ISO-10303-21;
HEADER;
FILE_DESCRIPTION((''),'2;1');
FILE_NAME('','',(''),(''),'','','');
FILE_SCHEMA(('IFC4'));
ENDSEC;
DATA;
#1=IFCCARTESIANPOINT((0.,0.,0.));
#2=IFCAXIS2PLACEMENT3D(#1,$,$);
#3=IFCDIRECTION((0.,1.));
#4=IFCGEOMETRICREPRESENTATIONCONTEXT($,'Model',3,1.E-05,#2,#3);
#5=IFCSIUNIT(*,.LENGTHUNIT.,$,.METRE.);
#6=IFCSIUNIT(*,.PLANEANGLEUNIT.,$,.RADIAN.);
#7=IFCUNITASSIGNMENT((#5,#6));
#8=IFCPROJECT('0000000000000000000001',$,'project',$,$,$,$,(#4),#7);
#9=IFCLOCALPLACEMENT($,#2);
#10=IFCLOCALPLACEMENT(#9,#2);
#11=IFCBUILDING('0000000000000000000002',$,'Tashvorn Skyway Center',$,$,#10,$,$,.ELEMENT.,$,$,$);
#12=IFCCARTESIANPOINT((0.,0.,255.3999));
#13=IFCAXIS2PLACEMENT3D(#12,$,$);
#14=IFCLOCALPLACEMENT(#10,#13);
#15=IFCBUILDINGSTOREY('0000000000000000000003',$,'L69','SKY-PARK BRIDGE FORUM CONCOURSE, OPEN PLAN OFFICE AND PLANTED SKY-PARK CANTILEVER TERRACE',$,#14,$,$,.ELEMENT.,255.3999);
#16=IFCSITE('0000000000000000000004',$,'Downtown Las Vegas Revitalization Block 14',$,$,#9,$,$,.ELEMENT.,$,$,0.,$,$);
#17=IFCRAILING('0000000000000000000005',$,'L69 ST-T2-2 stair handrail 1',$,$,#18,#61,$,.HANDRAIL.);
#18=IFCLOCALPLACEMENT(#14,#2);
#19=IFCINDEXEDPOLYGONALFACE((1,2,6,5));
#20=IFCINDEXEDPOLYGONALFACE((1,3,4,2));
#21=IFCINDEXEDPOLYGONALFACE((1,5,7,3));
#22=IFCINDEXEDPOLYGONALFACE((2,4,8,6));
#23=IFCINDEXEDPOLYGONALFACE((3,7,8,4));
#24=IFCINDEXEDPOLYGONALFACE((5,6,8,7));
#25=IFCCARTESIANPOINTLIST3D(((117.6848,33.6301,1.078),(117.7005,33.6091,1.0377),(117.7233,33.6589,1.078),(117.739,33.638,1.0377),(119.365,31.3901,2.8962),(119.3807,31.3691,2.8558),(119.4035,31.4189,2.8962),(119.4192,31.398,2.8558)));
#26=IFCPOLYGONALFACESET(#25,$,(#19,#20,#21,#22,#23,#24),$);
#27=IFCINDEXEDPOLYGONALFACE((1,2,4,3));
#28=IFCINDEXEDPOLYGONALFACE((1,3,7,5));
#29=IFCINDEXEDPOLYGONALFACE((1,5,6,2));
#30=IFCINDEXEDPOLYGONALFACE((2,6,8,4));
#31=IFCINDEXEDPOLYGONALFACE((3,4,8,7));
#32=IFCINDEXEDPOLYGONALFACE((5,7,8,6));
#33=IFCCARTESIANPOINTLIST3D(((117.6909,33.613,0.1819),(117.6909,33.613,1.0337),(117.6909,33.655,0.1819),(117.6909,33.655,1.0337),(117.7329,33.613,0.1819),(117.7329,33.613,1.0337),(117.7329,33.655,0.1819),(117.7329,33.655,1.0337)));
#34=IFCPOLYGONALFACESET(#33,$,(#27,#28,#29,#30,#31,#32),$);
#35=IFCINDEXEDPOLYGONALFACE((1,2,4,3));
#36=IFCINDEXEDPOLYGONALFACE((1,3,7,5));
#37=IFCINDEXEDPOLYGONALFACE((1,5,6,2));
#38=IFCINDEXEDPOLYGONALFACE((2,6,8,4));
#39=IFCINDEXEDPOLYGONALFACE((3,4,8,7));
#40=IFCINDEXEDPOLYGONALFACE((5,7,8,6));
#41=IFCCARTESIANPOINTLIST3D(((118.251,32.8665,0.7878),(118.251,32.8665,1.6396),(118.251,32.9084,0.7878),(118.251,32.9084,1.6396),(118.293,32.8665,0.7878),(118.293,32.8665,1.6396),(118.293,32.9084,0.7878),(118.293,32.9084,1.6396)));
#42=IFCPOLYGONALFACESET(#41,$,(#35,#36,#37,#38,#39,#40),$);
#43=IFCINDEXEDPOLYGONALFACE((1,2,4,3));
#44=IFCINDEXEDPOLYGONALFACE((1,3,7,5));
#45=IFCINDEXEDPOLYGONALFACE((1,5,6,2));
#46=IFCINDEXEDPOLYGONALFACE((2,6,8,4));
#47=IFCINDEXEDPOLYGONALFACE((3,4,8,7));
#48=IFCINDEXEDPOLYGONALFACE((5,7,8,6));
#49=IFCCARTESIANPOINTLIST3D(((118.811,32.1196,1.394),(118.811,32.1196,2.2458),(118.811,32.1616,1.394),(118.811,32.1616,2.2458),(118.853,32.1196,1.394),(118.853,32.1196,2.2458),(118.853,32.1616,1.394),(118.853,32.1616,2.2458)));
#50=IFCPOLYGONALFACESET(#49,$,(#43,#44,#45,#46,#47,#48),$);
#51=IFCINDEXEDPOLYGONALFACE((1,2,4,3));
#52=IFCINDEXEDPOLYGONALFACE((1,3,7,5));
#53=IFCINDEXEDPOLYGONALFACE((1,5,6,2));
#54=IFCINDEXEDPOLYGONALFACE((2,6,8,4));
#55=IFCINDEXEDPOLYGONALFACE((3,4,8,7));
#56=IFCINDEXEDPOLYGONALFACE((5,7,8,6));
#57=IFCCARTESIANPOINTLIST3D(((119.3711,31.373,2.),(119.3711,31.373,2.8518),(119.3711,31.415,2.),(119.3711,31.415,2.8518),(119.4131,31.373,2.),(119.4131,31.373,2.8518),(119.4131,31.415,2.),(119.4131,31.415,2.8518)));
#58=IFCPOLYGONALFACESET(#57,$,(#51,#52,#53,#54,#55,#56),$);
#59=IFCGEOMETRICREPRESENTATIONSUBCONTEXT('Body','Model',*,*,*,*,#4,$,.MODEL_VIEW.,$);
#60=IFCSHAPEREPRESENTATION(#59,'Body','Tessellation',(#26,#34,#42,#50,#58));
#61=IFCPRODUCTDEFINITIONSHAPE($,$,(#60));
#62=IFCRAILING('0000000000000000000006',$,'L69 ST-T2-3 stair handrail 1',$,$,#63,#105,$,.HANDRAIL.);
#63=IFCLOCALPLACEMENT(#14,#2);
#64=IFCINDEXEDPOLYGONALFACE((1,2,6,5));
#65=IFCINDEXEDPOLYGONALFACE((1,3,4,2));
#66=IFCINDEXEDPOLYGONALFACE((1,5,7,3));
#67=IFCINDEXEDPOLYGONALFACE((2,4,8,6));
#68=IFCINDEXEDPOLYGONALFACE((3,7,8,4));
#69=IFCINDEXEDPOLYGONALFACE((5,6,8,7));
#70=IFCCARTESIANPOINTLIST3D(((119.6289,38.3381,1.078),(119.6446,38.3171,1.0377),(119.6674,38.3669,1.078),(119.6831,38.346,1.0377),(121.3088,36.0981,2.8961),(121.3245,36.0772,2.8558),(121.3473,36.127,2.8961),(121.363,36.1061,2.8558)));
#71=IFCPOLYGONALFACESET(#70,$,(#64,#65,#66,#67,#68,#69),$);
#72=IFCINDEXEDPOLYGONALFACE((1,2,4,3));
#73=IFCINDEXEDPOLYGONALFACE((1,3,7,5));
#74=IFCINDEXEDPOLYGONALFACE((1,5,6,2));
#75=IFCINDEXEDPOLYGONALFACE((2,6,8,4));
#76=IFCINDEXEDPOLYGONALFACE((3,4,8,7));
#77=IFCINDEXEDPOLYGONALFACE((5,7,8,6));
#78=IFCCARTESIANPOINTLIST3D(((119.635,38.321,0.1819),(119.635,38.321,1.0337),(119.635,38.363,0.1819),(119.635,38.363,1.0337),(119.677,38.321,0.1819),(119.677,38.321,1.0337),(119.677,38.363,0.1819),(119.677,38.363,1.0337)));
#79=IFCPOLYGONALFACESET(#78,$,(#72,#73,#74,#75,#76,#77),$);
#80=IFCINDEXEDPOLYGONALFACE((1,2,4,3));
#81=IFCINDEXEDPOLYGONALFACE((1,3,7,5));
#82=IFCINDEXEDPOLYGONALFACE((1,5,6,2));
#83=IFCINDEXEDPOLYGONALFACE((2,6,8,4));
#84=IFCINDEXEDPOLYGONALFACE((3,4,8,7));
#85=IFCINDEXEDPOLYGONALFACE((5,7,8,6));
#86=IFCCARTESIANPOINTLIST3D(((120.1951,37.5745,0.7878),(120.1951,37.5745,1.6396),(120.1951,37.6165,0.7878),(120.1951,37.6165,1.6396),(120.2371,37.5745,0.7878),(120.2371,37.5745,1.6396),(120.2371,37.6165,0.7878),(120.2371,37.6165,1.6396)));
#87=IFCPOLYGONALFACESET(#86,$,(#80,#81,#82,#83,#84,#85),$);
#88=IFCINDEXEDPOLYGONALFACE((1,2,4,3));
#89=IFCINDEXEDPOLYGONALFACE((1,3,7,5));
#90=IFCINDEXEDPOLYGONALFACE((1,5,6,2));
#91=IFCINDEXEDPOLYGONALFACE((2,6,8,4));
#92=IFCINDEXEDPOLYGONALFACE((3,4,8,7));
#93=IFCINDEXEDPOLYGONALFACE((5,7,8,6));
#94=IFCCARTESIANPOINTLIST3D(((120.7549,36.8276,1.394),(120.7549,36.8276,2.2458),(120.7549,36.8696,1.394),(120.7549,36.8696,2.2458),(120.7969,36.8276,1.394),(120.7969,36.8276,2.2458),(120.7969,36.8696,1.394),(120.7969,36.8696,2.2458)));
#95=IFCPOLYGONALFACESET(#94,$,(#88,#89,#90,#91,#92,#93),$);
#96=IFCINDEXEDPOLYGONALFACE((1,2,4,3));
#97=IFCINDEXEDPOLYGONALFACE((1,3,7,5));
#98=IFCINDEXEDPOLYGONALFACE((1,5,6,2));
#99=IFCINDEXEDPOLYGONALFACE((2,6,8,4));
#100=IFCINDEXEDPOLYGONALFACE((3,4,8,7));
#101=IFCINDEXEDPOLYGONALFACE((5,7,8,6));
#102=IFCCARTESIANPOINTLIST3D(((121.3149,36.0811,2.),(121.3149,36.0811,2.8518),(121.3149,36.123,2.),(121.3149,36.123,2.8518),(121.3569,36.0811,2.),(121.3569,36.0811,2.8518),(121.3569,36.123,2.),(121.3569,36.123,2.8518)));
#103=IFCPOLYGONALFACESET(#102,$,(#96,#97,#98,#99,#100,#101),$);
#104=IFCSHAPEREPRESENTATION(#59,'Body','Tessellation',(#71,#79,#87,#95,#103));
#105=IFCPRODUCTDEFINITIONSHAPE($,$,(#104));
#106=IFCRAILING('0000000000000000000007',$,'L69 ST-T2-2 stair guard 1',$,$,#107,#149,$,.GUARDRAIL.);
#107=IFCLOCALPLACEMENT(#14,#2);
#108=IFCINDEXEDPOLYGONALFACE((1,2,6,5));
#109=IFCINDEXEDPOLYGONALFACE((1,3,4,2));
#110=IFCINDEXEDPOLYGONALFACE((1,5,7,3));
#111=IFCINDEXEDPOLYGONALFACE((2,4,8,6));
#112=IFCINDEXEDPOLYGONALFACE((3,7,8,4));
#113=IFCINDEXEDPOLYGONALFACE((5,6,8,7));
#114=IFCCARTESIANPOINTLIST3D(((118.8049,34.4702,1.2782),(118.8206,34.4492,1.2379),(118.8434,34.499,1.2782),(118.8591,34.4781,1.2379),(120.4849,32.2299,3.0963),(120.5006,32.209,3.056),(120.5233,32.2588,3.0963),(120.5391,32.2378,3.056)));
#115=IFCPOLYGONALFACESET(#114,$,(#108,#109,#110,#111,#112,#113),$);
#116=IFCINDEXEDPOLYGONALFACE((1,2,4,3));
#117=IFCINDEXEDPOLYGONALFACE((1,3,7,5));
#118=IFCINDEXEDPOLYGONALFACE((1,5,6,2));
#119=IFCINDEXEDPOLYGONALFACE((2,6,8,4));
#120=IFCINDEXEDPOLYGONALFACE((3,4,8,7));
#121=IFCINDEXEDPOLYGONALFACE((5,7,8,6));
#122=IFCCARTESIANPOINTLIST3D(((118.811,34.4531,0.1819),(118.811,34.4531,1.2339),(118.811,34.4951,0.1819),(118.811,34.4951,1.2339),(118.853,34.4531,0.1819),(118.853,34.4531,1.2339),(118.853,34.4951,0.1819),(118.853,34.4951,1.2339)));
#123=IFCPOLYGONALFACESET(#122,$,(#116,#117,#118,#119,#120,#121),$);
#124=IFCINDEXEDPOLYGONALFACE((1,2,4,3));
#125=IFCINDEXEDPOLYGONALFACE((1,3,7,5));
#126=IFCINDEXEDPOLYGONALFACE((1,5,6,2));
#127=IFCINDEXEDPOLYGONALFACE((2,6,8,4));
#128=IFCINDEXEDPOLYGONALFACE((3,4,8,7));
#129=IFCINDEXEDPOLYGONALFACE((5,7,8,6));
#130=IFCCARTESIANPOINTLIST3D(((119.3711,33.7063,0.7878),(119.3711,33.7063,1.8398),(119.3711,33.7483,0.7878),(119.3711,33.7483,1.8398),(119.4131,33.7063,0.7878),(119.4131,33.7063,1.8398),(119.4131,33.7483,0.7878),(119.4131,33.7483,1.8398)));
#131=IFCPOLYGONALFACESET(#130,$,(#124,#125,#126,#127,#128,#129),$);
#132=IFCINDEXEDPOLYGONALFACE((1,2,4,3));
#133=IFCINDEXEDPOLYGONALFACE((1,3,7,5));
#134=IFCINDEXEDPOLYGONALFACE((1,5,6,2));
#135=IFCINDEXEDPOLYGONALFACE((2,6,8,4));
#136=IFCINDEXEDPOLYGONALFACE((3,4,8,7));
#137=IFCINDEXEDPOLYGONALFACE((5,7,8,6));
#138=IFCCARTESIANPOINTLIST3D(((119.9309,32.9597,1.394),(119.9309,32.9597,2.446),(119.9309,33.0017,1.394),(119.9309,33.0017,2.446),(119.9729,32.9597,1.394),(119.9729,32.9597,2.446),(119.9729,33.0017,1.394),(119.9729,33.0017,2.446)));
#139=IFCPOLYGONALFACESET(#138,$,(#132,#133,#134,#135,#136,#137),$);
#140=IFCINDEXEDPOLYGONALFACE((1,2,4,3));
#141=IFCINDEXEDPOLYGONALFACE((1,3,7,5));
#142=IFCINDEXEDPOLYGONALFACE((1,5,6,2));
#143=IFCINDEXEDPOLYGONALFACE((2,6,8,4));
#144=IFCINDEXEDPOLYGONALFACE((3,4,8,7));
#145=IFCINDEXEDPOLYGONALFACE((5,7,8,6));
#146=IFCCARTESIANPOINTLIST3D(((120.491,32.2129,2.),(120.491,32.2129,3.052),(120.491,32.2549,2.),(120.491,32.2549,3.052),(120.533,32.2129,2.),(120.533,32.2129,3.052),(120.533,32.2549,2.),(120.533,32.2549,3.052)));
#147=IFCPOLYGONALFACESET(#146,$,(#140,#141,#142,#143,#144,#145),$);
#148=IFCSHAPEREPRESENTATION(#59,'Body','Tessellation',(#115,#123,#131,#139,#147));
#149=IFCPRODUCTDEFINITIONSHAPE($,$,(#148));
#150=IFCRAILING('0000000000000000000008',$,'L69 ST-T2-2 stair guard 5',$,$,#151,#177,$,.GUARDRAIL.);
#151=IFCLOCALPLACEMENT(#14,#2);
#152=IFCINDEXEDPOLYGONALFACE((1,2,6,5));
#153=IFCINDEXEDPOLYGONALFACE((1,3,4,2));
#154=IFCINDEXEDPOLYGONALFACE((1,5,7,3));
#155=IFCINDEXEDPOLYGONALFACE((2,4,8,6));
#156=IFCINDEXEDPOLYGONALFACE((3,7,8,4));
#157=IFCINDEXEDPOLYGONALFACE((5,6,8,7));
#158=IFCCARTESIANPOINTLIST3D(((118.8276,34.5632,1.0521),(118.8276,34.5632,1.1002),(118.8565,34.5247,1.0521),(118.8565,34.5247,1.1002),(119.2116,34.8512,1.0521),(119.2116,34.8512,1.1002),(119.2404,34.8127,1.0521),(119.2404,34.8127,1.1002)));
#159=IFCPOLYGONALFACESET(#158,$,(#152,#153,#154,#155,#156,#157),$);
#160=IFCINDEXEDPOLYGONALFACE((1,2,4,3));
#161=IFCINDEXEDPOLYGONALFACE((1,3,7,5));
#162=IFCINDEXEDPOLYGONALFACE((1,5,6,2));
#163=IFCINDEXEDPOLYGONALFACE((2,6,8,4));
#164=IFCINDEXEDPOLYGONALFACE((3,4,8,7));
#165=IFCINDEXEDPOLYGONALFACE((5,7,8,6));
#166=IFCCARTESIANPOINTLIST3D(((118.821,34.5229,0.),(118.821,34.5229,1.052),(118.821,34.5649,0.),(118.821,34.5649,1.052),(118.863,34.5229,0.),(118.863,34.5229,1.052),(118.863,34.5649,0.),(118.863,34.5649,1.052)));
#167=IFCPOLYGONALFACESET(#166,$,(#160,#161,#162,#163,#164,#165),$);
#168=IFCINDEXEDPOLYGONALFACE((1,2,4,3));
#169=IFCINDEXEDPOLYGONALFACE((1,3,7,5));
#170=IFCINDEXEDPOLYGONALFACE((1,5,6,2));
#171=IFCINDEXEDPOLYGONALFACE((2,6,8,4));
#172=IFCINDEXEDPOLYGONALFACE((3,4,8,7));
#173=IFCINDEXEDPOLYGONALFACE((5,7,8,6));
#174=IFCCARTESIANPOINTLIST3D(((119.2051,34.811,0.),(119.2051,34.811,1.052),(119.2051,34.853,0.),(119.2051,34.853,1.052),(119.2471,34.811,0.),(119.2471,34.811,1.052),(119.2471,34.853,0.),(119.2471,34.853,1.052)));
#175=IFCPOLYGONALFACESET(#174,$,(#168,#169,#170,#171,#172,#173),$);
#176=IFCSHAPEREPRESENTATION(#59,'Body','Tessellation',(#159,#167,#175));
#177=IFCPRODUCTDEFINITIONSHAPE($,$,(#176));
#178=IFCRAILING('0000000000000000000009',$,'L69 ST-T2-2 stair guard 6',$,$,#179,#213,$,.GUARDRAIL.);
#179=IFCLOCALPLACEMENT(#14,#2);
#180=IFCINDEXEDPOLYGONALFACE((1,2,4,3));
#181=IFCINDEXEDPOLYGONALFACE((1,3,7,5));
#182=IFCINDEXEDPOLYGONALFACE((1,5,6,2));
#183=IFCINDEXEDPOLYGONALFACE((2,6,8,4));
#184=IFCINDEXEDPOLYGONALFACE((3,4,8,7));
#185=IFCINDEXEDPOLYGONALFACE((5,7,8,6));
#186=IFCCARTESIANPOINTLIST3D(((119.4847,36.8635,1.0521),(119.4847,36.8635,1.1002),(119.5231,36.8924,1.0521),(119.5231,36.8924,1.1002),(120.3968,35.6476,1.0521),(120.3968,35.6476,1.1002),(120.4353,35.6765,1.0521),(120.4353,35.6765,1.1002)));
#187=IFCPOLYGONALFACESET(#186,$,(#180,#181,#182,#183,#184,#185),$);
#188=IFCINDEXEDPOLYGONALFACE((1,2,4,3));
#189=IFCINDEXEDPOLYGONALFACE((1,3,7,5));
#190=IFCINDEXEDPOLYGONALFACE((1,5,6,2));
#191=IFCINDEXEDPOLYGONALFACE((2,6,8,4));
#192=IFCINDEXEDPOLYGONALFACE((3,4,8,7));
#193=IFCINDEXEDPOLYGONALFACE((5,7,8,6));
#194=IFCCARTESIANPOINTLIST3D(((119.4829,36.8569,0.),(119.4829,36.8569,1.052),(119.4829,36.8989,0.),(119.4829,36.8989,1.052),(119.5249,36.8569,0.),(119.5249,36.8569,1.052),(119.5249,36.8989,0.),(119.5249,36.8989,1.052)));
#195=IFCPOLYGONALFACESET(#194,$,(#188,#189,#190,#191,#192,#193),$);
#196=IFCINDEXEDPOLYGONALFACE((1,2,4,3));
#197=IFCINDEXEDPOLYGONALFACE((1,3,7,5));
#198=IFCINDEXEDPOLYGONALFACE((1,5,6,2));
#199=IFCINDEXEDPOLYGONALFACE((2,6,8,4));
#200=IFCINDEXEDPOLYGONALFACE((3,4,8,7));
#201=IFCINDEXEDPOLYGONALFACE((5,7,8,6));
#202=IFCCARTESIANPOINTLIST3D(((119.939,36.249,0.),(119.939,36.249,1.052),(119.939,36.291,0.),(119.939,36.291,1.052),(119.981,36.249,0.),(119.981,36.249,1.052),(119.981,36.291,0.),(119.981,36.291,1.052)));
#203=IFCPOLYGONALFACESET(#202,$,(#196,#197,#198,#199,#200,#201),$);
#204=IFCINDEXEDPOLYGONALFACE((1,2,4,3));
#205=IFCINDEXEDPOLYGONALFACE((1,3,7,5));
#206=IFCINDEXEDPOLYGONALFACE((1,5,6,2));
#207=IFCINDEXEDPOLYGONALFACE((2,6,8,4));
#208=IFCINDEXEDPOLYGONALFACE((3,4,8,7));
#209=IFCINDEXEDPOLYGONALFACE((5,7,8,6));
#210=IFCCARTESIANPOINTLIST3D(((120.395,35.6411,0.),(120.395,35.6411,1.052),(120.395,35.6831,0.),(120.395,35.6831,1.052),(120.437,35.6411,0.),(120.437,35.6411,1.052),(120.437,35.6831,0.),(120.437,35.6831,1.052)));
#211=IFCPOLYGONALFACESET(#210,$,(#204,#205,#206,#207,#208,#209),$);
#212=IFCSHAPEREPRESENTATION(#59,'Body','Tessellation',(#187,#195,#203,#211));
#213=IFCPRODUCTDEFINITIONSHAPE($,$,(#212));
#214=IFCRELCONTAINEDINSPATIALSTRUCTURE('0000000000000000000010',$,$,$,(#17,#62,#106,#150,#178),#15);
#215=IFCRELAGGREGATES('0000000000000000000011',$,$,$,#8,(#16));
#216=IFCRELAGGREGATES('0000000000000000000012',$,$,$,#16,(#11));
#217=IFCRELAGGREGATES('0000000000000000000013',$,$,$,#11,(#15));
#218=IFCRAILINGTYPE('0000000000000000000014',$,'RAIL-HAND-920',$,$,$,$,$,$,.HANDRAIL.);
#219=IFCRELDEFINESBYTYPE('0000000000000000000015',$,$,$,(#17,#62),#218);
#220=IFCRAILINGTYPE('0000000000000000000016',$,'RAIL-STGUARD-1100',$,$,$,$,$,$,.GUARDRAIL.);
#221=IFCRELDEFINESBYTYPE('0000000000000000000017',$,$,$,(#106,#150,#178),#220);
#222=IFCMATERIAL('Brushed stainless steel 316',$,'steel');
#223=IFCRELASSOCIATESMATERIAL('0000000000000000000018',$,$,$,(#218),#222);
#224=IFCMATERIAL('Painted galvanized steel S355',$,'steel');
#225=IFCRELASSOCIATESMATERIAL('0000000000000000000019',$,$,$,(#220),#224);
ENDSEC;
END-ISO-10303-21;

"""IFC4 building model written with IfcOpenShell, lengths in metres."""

from ifc_helpers import new_model, si_unit, direction, frame, origin, origin_2d, place, context, subcontext, project, spatial, rectangle, extrude, material, type_object, element, save


model = new_model("IFC4")

# Units and contexts
model_context = context("Model", 3, precision=1e-05, world=origin(), true_north=direction((0.0, 1.0)))
body_context = subcontext(model_context, "Body", "Model", "MODEL_VIEW")
ifc_project = project(units=[si_unit("LENGTHUNIT", "METRE"), si_unit("PLANEANGLEUNIT", "RADIAN")], contexts=[model_context])

# Site, building, storey
site_placement = place(None, origin())
site = spatial("IfcSite", under=ifc_project, at=site_placement, Name="Downtown Las Vegas Revitalization Block 14", CompositionType="ELEMENT", RefElevation=0.0)
building_placement = place(site_placement, origin())
building = spatial("IfcBuilding", under=site, at=building_placement, Name="Tashvorn Skyway Center", CompositionType="ELEMENT")
storey_placement = place(building_placement, frame((0.0, 0.0, 255.3999)))
storey = spatial("IfcBuildingStorey", under=building, at=storey_placement, Name="L69", Description="SKY-PARK BRIDGE FORUM CONCOURSE, OPEN PLAN OFFICE AND PLANTED SKY-PARK CANTILEVER TERRACE", CompositionType="ELEMENT", Elevation=255.3999)

# Railings
ifc_material_1 = material(Name="Brushed stainless steel 316", Category="steel")
railing_type_1 = type_object("IfcRailingType", Name="RAIL-HAND-920", PredefinedType="HANDRAIL", material=ifc_material_1)
railing_1_placement = place(storey_placement, frame((117.7119, 33.634, 0.1819)))
element("IfcRailing", 1, at=railing_1_placement, inside=storey, type_object=railing_type_1, Name="L69 ST-T2-2 stair handrail 1", PredefinedType="HANDRAIL", context=body_context, shape_type="SweptSolid", body=[
    extrude(rectangle(XDim=0.0481, YDim=0.0481, at=origin_2d()), frame((0.0, 0.0, 0.876), z_axis=(0.503261, -0.670942, 0.544578), x_axis=(0.799969, 0.600042, 0.0)), (0.0, 0.0, 1.0), 3.3386),
    extrude(rectangle(XDim=0.042, YDim=0.042, at=origin_2d()), origin(), (0.0, 0.0, 1.0), 0.8518),
    extrude(rectangle(XDim=0.042, YDim=0.042, at=origin_2d()), frame((0.5601, -0.7466, 0.606)), (0.0, 0.0, 1.0), 0.8518),
    extrude(rectangle(XDim=0.042, YDim=0.042, at=origin_2d()), frame((1.1201, -1.4934, 1.2122)), (0.0, 0.0, 1.0), 0.8518),
    extrude(rectangle(XDim=0.042, YDim=0.042, at=origin_2d()), frame((1.6802, -2.24, 1.8181)), (0.0, 0.0, 1.0), 0.8518),
])
railing_2_placement = place(storey_placement, frame((119.656, 38.342, 0.1819)))
element("IfcRailing", 2, at=railing_2_placement, inside=storey, type_object=railing_type_1, Name="L69 ST-T2-3 stair handrail 1", PredefinedType="HANDRAIL", context=body_context, shape_type="SweptSolid", body=[
    extrude(rectangle(XDim=0.0481, YDim=0.0481, at=origin_2d()), frame((0.0, 0.0, 0.876), z_axis=(0.503207, -0.670966, 0.544598), x_axis=(0.80001, 0.599986, 0.0)), (0.0, 0.0, 1.0), 3.3384),
    extrude(rectangle(XDim=0.042, YDim=0.042, at=origin_2d()), origin(), (0.0, 0.0, 1.0), 0.8518),
    extrude(rectangle(XDim=0.042, YDim=0.042, at=origin_2d()), frame((0.5601, -0.7466, 0.606)), (0.0, 0.0, 1.0), 0.8518),
    extrude(rectangle(XDim=0.042, YDim=0.042, at=origin_2d()), frame((1.1199, -1.4934, 1.2122)), (0.0, 0.0, 1.0), 0.8518),
    extrude(rectangle(XDim=0.042, YDim=0.042, at=origin_2d()), frame((1.6799, -2.24, 1.8181)), (0.0, 0.0, 1.0), 0.8518),
])
ifc_material_2 = material(Name="Painted galvanized steel S355", Category="steel")
railing_type_2 = type_object("IfcRailingType", Name="RAIL-STGUARD-1100", PredefinedType="GUARDRAIL", material=ifc_material_2)
railing_3_placement = place(storey_placement, frame((118.832, 34.4741, 0.1819)))
element("IfcRailing", 3, at=railing_3_placement, inside=storey, type_object=railing_type_2, Name="L69 ST-T2-2 stair guard 1", PredefinedType="GUARDRAIL", context=body_context, shape_type="SweptSolid", body=[
    extrude(rectangle(XDim=0.0481, YDim=0.0481, at=origin_2d()), frame((0.0, 0.0, 1.0762), z_axis=(0.503182, -0.671007, 0.544571), x_axis=(0.800042, 0.599944, 0.0)), (0.0, 0.0, 1.0), 3.3386),
    extrude(rectangle(XDim=0.042, YDim=0.042, at=origin_2d()), origin(), (0.0, 0.0, 1.0), 1.052),
    extrude(rectangle(XDim=0.042, YDim=0.042, at=origin_2d()), frame((0.5601, -0.7468, 0.606)), (0.0, 0.0, 1.0), 1.052),
    extrude(rectangle(XDim=0.042, YDim=0.042, at=origin_2d()), frame((1.1199, -1.4934, 1.2122)), (0.0, 0.0, 1.0), 1.052),
    extrude(rectangle(XDim=0.042, YDim=0.042, at=origin_2d()), frame((1.6799, -2.2402, 1.8181)), (0.0, 0.0, 1.0), 1.052),
])
railing_4_placement = place(storey_placement, frame((118.842, 34.5439, 0.0)))
element("IfcRailing", 4, at=railing_4_placement, inside=storey, type_object=railing_type_2, Name="L69 ST-T2-2 stair guard 5", PredefinedType="GUARDRAIL", context=body_context, shape_type="SweptSolid", body=[
    extrude(rectangle(XDim=0.0481, YDim=0.0481, at=origin_2d()), frame((0.0, 0.0, 1.0762), z_axis=(0.799939, 0.600081, 0.0), x_axis=(-0.600081, 0.799939, 0.0)), (0.0, 0.0, 1.0), 0.48),
    extrude(rectangle(XDim=0.042, YDim=0.042, at=origin_2d()), origin(), (0.0, 0.0, 1.0), 1.052),
    extrude(rectangle(XDim=0.042, YDim=0.042, at=origin_2d()), frame((0.384, 0.2881, 0.0)), (0.0, 0.0, 1.0), 1.052),
])
railing_5_placement = place(storey_placement, frame((119.5039, 36.8779, 0.0)))
element("IfcRailing", 5, at=railing_5_placement, inside=storey, type_object=railing_type_2, Name="L69 ST-T2-2 stair guard 6", PredefinedType="GUARDRAIL", context=body_context, shape_type="SweptSolid", body=[
    extrude(rectangle(XDim=0.0481, YDim=0.0481, at=origin_2d()), frame((0.0, 0.0, 1.0762), z_axis=(0.600103, -0.799923, 0.0), x_axis=(0.799923, 0.600103, 0.0)), (0.0, 0.0, 1.0), 1.52),
    extrude(rectangle(XDim=0.042, YDim=0.042, at=origin_2d()), origin(), (0.0, 0.0, 1.0), 1.052),
    extrude(rectangle(XDim=0.042, YDim=0.042, at=origin_2d()), frame((0.4561, -0.6079, 0.0)), (0.0, 0.0, 1.0), 1.052),
    extrude(rectangle(XDim=0.042, YDim=0.042, at=origin_2d()), frame((0.9121, -1.2158, 0.0)), (0.0, 0.0, 1.0), 1.052),
])

save(model, "model.ifc")
